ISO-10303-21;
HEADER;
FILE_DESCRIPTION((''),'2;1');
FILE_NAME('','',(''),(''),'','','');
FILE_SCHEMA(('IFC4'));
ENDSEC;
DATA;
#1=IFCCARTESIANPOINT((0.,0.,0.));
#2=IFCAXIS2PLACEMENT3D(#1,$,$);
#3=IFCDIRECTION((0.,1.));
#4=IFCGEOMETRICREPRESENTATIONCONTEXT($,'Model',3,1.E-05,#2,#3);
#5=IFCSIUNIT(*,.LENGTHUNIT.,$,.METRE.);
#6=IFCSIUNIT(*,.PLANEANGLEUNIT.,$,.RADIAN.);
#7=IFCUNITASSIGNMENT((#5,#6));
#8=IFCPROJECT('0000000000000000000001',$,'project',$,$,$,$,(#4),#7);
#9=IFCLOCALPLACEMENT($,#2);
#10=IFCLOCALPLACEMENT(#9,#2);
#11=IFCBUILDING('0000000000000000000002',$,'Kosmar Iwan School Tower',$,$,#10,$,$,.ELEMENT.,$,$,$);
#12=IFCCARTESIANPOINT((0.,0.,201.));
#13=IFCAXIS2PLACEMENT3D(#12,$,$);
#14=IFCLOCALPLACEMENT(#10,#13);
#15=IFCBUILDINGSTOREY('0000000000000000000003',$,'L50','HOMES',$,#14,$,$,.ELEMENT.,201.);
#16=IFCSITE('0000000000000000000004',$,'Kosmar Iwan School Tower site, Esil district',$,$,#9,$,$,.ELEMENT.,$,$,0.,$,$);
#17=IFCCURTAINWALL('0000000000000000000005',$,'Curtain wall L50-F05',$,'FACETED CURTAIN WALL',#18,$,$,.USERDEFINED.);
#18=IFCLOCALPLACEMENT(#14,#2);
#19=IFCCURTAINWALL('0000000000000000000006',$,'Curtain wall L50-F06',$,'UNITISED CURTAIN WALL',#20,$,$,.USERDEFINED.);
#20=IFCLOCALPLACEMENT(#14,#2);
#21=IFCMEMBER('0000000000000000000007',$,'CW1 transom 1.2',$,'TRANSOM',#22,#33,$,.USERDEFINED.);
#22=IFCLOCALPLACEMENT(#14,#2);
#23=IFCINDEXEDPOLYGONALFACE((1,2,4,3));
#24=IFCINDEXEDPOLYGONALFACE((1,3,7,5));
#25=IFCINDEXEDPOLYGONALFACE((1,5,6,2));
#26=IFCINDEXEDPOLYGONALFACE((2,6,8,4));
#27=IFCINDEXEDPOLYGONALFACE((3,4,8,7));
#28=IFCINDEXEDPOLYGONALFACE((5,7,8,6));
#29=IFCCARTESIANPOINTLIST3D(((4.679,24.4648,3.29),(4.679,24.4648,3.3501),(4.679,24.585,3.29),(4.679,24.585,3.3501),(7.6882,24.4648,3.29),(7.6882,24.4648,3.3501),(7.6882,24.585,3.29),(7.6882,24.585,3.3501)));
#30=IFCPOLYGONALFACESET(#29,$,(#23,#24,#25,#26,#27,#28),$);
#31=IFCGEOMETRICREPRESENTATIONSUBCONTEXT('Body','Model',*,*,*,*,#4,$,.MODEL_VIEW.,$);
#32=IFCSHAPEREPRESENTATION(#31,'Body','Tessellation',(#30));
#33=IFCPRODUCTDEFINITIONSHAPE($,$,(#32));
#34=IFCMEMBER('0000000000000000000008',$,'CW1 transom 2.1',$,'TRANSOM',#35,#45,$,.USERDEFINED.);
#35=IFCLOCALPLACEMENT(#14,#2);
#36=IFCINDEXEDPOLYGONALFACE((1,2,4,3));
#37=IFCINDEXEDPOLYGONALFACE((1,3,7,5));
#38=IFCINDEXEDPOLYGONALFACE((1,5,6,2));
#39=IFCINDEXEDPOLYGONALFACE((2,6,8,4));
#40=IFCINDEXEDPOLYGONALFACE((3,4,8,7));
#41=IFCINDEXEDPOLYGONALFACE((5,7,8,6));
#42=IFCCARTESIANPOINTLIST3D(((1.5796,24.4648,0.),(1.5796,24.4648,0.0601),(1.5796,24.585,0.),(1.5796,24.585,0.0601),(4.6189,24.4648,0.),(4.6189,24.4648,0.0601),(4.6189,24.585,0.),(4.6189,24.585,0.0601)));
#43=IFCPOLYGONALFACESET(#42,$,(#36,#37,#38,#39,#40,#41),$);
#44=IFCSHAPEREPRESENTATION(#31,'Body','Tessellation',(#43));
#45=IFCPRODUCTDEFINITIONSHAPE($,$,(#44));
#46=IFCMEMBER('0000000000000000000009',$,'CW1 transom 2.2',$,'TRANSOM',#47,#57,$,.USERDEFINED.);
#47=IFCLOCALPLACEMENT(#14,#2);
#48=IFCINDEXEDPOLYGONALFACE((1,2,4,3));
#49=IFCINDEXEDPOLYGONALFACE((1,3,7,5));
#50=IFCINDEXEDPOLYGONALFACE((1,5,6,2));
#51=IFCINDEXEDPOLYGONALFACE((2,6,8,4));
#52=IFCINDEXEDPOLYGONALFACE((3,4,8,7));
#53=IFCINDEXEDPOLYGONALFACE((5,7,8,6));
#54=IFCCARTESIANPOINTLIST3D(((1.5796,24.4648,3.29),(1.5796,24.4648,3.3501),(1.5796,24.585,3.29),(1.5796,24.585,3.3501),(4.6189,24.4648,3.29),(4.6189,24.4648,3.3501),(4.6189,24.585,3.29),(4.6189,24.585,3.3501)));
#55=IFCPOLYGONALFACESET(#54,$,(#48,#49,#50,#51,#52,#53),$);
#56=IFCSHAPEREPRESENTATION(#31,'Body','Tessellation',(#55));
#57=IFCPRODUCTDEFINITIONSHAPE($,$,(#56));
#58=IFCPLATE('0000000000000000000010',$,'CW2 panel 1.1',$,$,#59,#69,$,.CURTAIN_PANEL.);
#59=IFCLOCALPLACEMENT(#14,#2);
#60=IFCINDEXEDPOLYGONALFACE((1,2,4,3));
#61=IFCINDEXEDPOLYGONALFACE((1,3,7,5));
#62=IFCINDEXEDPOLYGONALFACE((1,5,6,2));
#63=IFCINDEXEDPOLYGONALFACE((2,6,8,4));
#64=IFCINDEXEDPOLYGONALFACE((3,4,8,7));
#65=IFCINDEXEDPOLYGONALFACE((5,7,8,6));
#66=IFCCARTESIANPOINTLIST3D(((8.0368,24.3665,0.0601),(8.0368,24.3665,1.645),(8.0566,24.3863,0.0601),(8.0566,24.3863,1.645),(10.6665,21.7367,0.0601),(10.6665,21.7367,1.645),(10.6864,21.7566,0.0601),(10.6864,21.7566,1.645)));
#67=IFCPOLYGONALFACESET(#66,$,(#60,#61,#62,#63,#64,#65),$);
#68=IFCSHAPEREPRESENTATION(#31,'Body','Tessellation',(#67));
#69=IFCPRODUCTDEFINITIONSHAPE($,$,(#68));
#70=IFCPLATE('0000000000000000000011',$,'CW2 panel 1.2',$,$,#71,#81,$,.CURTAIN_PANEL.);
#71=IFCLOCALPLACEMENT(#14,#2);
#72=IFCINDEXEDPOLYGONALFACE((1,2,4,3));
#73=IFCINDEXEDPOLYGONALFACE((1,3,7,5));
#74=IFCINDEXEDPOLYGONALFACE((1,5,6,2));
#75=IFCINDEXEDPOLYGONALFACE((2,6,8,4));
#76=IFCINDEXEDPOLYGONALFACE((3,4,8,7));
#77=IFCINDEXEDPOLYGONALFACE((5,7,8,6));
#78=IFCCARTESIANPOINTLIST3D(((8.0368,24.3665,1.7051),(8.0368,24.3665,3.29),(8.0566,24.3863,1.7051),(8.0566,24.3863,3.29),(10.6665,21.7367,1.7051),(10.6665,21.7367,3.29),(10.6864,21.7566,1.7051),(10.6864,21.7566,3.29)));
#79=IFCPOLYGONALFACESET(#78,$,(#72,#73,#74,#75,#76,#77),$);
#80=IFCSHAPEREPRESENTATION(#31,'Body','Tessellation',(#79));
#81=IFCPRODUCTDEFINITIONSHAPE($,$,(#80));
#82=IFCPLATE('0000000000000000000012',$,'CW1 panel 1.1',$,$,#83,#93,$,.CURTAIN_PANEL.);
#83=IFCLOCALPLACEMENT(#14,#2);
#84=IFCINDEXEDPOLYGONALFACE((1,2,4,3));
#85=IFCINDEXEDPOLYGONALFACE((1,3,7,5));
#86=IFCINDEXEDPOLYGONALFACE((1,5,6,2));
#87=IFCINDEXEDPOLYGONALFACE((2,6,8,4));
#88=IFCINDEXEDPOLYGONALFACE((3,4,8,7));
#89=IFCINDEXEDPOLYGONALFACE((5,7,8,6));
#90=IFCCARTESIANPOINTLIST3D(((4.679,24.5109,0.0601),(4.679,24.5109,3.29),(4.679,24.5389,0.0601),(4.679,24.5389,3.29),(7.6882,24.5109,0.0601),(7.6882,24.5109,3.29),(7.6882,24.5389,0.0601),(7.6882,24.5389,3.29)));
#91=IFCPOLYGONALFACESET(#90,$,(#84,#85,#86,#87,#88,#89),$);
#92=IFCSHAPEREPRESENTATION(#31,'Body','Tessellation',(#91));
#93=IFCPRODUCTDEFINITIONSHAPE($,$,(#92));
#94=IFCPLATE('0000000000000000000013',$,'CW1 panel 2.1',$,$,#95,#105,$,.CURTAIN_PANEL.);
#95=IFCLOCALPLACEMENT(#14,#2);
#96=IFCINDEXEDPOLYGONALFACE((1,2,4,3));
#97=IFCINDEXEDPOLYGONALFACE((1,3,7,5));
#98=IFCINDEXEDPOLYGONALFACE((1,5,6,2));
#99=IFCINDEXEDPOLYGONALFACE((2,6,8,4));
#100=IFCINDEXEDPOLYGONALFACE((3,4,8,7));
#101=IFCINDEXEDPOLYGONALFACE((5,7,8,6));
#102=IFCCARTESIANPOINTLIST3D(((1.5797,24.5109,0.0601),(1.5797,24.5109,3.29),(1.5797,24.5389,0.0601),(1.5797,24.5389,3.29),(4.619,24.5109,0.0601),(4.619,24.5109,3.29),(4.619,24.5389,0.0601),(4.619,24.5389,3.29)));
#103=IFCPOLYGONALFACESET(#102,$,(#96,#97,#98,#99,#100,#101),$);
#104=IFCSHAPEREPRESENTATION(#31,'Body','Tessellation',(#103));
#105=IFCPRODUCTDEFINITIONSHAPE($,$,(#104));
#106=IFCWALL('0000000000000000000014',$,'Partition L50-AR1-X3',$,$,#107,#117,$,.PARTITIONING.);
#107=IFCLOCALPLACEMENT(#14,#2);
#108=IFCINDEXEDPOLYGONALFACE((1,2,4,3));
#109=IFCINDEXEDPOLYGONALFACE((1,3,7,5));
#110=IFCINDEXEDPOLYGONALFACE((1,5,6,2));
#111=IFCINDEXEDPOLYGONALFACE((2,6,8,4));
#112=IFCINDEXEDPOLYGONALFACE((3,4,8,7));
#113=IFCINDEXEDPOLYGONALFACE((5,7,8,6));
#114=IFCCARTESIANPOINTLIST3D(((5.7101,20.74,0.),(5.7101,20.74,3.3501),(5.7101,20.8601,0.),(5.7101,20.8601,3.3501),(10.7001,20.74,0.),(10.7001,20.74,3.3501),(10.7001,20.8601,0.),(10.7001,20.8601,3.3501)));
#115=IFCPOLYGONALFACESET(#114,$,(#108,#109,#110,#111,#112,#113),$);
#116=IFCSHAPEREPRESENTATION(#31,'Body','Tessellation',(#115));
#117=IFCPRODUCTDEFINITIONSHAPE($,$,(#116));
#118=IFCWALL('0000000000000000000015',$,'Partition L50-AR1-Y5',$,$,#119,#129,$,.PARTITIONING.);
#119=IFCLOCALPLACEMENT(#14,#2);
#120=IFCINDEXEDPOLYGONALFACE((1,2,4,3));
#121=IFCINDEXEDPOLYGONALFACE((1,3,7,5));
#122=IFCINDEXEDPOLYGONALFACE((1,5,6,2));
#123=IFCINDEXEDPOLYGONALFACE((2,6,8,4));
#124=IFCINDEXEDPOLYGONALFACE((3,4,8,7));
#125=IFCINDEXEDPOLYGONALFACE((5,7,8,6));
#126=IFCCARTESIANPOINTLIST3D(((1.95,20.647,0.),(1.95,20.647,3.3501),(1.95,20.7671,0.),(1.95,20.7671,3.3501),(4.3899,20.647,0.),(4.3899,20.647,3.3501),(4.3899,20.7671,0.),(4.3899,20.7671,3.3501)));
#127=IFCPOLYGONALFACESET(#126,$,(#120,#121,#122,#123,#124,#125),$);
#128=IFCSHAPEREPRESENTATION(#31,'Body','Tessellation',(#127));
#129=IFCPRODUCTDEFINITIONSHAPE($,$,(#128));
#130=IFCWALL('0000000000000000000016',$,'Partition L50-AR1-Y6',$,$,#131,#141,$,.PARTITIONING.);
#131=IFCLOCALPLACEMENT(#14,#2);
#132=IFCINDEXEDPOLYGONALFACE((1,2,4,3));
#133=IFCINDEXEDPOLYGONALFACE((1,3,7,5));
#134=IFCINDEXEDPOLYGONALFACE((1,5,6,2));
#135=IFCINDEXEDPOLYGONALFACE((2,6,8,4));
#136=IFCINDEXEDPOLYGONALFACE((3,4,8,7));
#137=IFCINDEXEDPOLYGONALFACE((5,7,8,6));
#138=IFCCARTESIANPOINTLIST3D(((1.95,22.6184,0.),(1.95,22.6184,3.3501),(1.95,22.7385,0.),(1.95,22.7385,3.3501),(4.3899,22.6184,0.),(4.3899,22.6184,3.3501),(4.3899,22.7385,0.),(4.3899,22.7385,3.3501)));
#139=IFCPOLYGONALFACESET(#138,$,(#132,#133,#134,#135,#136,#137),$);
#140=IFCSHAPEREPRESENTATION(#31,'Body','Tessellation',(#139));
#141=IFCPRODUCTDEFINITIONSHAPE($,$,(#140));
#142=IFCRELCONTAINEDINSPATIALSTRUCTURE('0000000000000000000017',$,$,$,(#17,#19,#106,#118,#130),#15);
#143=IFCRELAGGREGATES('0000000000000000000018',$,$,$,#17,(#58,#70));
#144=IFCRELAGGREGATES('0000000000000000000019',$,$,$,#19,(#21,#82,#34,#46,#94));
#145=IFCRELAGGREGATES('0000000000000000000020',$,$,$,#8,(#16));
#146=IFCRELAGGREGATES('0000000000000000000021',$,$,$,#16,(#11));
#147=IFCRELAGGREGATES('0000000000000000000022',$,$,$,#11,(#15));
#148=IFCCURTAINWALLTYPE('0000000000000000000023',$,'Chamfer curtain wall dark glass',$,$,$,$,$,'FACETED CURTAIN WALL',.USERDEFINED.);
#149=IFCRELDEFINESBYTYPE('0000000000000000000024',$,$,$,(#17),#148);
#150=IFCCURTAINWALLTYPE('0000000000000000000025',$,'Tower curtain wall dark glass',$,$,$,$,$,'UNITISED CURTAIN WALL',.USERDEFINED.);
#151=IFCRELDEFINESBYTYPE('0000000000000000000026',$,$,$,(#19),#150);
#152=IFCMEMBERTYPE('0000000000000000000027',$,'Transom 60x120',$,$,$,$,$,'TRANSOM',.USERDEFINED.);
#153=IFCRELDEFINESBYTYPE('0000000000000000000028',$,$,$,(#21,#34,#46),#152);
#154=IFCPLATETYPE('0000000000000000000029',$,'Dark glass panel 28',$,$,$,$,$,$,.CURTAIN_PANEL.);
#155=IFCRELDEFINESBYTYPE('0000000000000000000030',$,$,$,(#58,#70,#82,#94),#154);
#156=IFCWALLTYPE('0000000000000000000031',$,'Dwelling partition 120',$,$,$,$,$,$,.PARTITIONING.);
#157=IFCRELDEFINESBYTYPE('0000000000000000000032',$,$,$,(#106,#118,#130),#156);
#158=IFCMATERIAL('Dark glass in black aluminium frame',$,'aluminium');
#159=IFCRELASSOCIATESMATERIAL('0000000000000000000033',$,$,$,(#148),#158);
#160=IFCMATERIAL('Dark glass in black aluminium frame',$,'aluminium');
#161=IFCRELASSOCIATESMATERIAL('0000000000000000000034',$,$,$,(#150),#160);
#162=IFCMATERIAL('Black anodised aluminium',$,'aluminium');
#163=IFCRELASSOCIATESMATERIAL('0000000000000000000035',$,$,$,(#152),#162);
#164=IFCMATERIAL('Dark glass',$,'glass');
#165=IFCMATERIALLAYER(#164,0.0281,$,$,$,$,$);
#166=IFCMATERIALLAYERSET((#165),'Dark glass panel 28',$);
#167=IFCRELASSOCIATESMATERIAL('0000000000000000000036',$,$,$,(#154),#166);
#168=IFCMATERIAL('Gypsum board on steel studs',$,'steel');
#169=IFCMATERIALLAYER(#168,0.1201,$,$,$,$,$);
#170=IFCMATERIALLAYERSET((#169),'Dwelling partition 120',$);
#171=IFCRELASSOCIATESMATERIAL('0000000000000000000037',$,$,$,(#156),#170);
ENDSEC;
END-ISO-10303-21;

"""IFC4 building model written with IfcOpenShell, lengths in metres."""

from ifc_helpers import new_model, si_unit, direction, frame, frame_2d, origin, origin_2d, place, context, subcontext, project, spatial, rectangle, extrude, material, layer, layer_set, material_profile, profile_set, type_object, element, aggregate, save


model = new_model("IFC4")

# Units and contexts
model_context = context("Model", 3, precision=1e-05, world=origin(), true_north=direction((0.0, 1.0)))
body_context = subcontext(model_context, "Body", "Model", "MODEL_VIEW")
ifc_project = project(units=[si_unit("LENGTHUNIT", "METRE"), si_unit("PLANEANGLEUNIT", "RADIAN")], contexts=[model_context])

# Site, building, storey
site_placement = place(None, origin())
site = spatial("IfcSite", under=ifc_project, at=site_placement, Name="Kosmar Iwan School Tower site, Esil district", CompositionType="ELEMENT", RefElevation=0.0)
building_placement = place(site_placement, origin())
building = spatial("IfcBuilding", under=site, at=building_placement, Name="Kosmar Iwan School Tower", CompositionType="ELEMENT")
storey_placement = place(building_placement, frame((0.0, 0.0, 201.0)))
storey = spatial("IfcBuildingStorey", under=building, at=storey_placement, Name="L50", Description="HOMES", CompositionType="ELEMENT", Elevation=201.0)

# Curtain walls
ifc_material_1 = material(Name="Dark glass in black aluminium frame", Category="aluminium")
curtain_wall_type_1 = type_object("IfcCurtainWallType", Name="Chamfer curtain wall dark glass", ElementType="FACETED CURTAIN WALL", PredefinedType="USERDEFINED", material=ifc_material_1)
curtain_wall_1_placement = place(storey_placement, origin())
curtain_wall_1 = element("IfcCurtainWall", 1, at=curtain_wall_1_placement, inside=storey, type_object=curtain_wall_type_1, Name="Curtain wall L50-F05", ObjectType="FACETED CURTAIN WALL", PredefinedType="USERDEFINED")
ifc_material_2 = material(Name="Dark glass in black aluminium frame", Category="aluminium")
curtain_wall_type_2 = type_object("IfcCurtainWallType", Name="Tower curtain wall dark glass", ElementType="UNITISED CURTAIN WALL", PredefinedType="USERDEFINED", material=ifc_material_2)
curtain_wall_2_placement = place(storey_placement, origin())
curtain_wall_2 = element("IfcCurtainWall", 2, at=curtain_wall_2_placement, inside=storey, type_object=curtain_wall_type_2, Name="Curtain wall L50-F06", ObjectType="UNITISED CURTAIN WALL", PredefinedType="USERDEFINED")

# Members
ifc_material_3 = material(Name="Black anodised aluminium", Category="aluminium")
ifc_material_profile_1 = material_profile(ifc_material_3, rectangle(XDim=0.1201, YDim=0.0601, at=origin_2d()), Name="TRANSOM 60x120")
ifc_profile_set_1 = profile_set([ifc_material_profile_1], Name="Black anodised aluminium")
member_type_1 = type_object("IfcMemberType", Name="Transom 60x120", ElementType="TRANSOM", PredefinedType="USERDEFINED", material=ifc_profile_set_1)
member_1_placement = place(storey_placement, frame((7.6882, 24.5249, 3.3201), z_axis=(-1.0, 0.0, 0.0), x_axis=(0.0, -1.0, 0.0)))
member_1 = element("IfcMember", 3, at=member_1_placement, type_object=member_type_1, Name="CW1 transom 1.2", ObjectType="TRANSOM", PredefinedType="USERDEFINED", context=body_context, shape_type="SweptSolid", body=[
    extrude(rectangle(XDim=0.1201, YDim=0.0601, at=origin_2d()), origin(), (0.0, 0.0, 1.0), 3.0093),
])
member_2_placement = place(storey_placement, frame((4.6189, 24.5249, 0.03), z_axis=(-1.0, 0.0, 0.0), x_axis=(0.0, -1.0, 0.0)))
member_2 = element("IfcMember", 4, at=member_2_placement, type_object=member_type_1, Name="CW1 transom 2.1", ObjectType="TRANSOM", PredefinedType="USERDEFINED", context=body_context, shape_type="SweptSolid", body=[
    extrude(rectangle(XDim=0.1201, YDim=0.0601, at=origin_2d()), origin(), (0.0, 0.0, 1.0), 3.0393),
])
member_3_placement = place(storey_placement, frame((4.6189, 24.5249, 3.3201), z_axis=(-1.0, 0.0, 0.0), x_axis=(0.0, -1.0, 0.0)))
member_3 = element("IfcMember", 5, at=member_3_placement, type_object=member_type_1, Name="CW1 transom 2.2", ObjectType="TRANSOM", PredefinedType="USERDEFINED", context=body_context, shape_type="SweptSolid", body=[
    extrude(rectangle(XDim=0.1201, YDim=0.0601, at=origin_2d()), origin(), (0.0, 0.0, 1.0), 3.0393),
])

# Plates
ifc_material_4 = material(Name="Dark glass", Category="glass")
ifc_layer_1 = layer(ifc_material_4, 0.0281)
ifc_layer_set_1 = layer_set([ifc_layer_1], Name="Dark glass panel 28")
plate_type = type_object("IfcPlateType", Name="Dark glass panel 28", PredefinedType="CURTAIN_PANEL", material=ifc_layer_set_1)
plate_1_placement = place(storey_placement, frame((9.3616, 23.0615, 0.0601), z_axis=(0.0, 0.0, 1.0), x_axis=(-0.707107, 0.707107, 0.0)))
plate_1 = element("IfcPlate", 6, at=plate_1_placement, type_object=plate_type, Name="CW2 panel 1.1", PredefinedType="CURTAIN_PANEL", context=body_context, shape_type="SweptSolid", body=[
    extrude(rectangle(XDim=3.719, YDim=0.0281, at=origin_2d()), origin(), (0.0, 0.0, 1.0), 1.585),
])
plate_2_placement = place(storey_placement, frame((9.3616, 23.0615, 1.7051), z_axis=(0.0, 0.0, 1.0), x_axis=(-0.707107, 0.707107, 0.0)))
plate_2 = element("IfcPlate", 7, at=plate_2_placement, type_object=plate_type, Name="CW2 panel 1.2", PredefinedType="CURTAIN_PANEL", context=body_context, shape_type="SweptSolid", body=[
    extrude(rectangle(XDim=3.719, YDim=0.0281, at=origin_2d()), origin(), (0.0, 0.0, 1.0), 1.585),
])
aggregate(curtain_wall_1, [plate_1, plate_2])
plate_3_placement = place(storey_placement, frame((6.1836, 24.5249, 0.0601), z_axis=(0.0, 0.0, 1.0), x_axis=(-1.0, 0.0, 0.0)))
plate_3 = element("IfcPlate", 8, at=plate_3_placement, type_object=plate_type, Name="CW1 panel 1.1", PredefinedType="CURTAIN_PANEL", context=body_context, shape_type="SweptSolid", body=[
    extrude(rectangle(XDim=3.0093, YDim=0.0281, at=origin_2d()), origin(), (0.0, 0.0, 1.0), 3.23),
])
plate_4_placement = place(storey_placement, frame((3.0994, 24.5249, 0.0601), z_axis=(0.0, 0.0, 1.0), x_axis=(-1.0, 0.0, 0.0)))
plate_4 = element("IfcPlate", 9, at=plate_4_placement, type_object=plate_type, Name="CW1 panel 2.1", PredefinedType="CURTAIN_PANEL", context=body_context, shape_type="SweptSolid", body=[
    extrude(rectangle(XDim=3.0393, YDim=0.0281, at=origin_2d()), origin(), (0.0, 0.0, 1.0), 3.23),
])
aggregate(curtain_wall_2, [member_1, plate_3, member_2, member_3, plate_4])

# Walls
ifc_material_5 = material(Name="Gypsum board on steel studs", Category="steel")
ifc_layer_2 = layer(ifc_material_5, 0.1201)
ifc_layer_set_2 = layer_set([ifc_layer_2], Name="Dwelling partition 120")
wall_type = type_object("IfcWallType", Name="Dwelling partition 120", PredefinedType="PARTITIONING", material=ifc_layer_set_2)
wall_placement = place(storey_placement, frame((5.71, 20.8, 0.0), z_axis=(0.0, 0.0, 1.0), x_axis=(1.0, 0.0, 0.0)))
element("IfcWall", 10, at=wall_placement, inside=storey, type_object=wall_type, Name="Partition L50-AR1-X3", PredefinedType="PARTITIONING", context=body_context, shape_type="SweptSolid", body=[
    extrude(rectangle(XDim=4.99, YDim=0.1201, at=frame_2d((2.4951, 0.0))), origin(), (0.0, 0.0, 1.0), 3.3501),
])
for number, where, z_axis, x_axis, name in (
    (11, (1.95, 20.707, 0.0), (0.0, 0.0, 1.0), (1.0, 0.0, 0.0), "Partition L50-AR1-Y5"),
    (12, (1.95, 22.6785, 0.0), (0.0, 0.0, 1.0), (1.0, 0.0, 0.0), "Partition L50-AR1-Y6"),
):
    element("IfcWall", number, at=place(storey_placement, frame(where, z_axis=z_axis, x_axis=x_axis)), inside=storey, type_object=wall_type, Name=name, PredefinedType="PARTITIONING", context=body_context, shape_type="SweptSolid", body=[
        extrude(rectangle(XDim=2.4399, YDim=0.1201, at=frame_2d((1.22, 0.0))), origin(), (0.0, 0.0, 1.0), 3.3501),
    ])

save(model, "model.ifc")
